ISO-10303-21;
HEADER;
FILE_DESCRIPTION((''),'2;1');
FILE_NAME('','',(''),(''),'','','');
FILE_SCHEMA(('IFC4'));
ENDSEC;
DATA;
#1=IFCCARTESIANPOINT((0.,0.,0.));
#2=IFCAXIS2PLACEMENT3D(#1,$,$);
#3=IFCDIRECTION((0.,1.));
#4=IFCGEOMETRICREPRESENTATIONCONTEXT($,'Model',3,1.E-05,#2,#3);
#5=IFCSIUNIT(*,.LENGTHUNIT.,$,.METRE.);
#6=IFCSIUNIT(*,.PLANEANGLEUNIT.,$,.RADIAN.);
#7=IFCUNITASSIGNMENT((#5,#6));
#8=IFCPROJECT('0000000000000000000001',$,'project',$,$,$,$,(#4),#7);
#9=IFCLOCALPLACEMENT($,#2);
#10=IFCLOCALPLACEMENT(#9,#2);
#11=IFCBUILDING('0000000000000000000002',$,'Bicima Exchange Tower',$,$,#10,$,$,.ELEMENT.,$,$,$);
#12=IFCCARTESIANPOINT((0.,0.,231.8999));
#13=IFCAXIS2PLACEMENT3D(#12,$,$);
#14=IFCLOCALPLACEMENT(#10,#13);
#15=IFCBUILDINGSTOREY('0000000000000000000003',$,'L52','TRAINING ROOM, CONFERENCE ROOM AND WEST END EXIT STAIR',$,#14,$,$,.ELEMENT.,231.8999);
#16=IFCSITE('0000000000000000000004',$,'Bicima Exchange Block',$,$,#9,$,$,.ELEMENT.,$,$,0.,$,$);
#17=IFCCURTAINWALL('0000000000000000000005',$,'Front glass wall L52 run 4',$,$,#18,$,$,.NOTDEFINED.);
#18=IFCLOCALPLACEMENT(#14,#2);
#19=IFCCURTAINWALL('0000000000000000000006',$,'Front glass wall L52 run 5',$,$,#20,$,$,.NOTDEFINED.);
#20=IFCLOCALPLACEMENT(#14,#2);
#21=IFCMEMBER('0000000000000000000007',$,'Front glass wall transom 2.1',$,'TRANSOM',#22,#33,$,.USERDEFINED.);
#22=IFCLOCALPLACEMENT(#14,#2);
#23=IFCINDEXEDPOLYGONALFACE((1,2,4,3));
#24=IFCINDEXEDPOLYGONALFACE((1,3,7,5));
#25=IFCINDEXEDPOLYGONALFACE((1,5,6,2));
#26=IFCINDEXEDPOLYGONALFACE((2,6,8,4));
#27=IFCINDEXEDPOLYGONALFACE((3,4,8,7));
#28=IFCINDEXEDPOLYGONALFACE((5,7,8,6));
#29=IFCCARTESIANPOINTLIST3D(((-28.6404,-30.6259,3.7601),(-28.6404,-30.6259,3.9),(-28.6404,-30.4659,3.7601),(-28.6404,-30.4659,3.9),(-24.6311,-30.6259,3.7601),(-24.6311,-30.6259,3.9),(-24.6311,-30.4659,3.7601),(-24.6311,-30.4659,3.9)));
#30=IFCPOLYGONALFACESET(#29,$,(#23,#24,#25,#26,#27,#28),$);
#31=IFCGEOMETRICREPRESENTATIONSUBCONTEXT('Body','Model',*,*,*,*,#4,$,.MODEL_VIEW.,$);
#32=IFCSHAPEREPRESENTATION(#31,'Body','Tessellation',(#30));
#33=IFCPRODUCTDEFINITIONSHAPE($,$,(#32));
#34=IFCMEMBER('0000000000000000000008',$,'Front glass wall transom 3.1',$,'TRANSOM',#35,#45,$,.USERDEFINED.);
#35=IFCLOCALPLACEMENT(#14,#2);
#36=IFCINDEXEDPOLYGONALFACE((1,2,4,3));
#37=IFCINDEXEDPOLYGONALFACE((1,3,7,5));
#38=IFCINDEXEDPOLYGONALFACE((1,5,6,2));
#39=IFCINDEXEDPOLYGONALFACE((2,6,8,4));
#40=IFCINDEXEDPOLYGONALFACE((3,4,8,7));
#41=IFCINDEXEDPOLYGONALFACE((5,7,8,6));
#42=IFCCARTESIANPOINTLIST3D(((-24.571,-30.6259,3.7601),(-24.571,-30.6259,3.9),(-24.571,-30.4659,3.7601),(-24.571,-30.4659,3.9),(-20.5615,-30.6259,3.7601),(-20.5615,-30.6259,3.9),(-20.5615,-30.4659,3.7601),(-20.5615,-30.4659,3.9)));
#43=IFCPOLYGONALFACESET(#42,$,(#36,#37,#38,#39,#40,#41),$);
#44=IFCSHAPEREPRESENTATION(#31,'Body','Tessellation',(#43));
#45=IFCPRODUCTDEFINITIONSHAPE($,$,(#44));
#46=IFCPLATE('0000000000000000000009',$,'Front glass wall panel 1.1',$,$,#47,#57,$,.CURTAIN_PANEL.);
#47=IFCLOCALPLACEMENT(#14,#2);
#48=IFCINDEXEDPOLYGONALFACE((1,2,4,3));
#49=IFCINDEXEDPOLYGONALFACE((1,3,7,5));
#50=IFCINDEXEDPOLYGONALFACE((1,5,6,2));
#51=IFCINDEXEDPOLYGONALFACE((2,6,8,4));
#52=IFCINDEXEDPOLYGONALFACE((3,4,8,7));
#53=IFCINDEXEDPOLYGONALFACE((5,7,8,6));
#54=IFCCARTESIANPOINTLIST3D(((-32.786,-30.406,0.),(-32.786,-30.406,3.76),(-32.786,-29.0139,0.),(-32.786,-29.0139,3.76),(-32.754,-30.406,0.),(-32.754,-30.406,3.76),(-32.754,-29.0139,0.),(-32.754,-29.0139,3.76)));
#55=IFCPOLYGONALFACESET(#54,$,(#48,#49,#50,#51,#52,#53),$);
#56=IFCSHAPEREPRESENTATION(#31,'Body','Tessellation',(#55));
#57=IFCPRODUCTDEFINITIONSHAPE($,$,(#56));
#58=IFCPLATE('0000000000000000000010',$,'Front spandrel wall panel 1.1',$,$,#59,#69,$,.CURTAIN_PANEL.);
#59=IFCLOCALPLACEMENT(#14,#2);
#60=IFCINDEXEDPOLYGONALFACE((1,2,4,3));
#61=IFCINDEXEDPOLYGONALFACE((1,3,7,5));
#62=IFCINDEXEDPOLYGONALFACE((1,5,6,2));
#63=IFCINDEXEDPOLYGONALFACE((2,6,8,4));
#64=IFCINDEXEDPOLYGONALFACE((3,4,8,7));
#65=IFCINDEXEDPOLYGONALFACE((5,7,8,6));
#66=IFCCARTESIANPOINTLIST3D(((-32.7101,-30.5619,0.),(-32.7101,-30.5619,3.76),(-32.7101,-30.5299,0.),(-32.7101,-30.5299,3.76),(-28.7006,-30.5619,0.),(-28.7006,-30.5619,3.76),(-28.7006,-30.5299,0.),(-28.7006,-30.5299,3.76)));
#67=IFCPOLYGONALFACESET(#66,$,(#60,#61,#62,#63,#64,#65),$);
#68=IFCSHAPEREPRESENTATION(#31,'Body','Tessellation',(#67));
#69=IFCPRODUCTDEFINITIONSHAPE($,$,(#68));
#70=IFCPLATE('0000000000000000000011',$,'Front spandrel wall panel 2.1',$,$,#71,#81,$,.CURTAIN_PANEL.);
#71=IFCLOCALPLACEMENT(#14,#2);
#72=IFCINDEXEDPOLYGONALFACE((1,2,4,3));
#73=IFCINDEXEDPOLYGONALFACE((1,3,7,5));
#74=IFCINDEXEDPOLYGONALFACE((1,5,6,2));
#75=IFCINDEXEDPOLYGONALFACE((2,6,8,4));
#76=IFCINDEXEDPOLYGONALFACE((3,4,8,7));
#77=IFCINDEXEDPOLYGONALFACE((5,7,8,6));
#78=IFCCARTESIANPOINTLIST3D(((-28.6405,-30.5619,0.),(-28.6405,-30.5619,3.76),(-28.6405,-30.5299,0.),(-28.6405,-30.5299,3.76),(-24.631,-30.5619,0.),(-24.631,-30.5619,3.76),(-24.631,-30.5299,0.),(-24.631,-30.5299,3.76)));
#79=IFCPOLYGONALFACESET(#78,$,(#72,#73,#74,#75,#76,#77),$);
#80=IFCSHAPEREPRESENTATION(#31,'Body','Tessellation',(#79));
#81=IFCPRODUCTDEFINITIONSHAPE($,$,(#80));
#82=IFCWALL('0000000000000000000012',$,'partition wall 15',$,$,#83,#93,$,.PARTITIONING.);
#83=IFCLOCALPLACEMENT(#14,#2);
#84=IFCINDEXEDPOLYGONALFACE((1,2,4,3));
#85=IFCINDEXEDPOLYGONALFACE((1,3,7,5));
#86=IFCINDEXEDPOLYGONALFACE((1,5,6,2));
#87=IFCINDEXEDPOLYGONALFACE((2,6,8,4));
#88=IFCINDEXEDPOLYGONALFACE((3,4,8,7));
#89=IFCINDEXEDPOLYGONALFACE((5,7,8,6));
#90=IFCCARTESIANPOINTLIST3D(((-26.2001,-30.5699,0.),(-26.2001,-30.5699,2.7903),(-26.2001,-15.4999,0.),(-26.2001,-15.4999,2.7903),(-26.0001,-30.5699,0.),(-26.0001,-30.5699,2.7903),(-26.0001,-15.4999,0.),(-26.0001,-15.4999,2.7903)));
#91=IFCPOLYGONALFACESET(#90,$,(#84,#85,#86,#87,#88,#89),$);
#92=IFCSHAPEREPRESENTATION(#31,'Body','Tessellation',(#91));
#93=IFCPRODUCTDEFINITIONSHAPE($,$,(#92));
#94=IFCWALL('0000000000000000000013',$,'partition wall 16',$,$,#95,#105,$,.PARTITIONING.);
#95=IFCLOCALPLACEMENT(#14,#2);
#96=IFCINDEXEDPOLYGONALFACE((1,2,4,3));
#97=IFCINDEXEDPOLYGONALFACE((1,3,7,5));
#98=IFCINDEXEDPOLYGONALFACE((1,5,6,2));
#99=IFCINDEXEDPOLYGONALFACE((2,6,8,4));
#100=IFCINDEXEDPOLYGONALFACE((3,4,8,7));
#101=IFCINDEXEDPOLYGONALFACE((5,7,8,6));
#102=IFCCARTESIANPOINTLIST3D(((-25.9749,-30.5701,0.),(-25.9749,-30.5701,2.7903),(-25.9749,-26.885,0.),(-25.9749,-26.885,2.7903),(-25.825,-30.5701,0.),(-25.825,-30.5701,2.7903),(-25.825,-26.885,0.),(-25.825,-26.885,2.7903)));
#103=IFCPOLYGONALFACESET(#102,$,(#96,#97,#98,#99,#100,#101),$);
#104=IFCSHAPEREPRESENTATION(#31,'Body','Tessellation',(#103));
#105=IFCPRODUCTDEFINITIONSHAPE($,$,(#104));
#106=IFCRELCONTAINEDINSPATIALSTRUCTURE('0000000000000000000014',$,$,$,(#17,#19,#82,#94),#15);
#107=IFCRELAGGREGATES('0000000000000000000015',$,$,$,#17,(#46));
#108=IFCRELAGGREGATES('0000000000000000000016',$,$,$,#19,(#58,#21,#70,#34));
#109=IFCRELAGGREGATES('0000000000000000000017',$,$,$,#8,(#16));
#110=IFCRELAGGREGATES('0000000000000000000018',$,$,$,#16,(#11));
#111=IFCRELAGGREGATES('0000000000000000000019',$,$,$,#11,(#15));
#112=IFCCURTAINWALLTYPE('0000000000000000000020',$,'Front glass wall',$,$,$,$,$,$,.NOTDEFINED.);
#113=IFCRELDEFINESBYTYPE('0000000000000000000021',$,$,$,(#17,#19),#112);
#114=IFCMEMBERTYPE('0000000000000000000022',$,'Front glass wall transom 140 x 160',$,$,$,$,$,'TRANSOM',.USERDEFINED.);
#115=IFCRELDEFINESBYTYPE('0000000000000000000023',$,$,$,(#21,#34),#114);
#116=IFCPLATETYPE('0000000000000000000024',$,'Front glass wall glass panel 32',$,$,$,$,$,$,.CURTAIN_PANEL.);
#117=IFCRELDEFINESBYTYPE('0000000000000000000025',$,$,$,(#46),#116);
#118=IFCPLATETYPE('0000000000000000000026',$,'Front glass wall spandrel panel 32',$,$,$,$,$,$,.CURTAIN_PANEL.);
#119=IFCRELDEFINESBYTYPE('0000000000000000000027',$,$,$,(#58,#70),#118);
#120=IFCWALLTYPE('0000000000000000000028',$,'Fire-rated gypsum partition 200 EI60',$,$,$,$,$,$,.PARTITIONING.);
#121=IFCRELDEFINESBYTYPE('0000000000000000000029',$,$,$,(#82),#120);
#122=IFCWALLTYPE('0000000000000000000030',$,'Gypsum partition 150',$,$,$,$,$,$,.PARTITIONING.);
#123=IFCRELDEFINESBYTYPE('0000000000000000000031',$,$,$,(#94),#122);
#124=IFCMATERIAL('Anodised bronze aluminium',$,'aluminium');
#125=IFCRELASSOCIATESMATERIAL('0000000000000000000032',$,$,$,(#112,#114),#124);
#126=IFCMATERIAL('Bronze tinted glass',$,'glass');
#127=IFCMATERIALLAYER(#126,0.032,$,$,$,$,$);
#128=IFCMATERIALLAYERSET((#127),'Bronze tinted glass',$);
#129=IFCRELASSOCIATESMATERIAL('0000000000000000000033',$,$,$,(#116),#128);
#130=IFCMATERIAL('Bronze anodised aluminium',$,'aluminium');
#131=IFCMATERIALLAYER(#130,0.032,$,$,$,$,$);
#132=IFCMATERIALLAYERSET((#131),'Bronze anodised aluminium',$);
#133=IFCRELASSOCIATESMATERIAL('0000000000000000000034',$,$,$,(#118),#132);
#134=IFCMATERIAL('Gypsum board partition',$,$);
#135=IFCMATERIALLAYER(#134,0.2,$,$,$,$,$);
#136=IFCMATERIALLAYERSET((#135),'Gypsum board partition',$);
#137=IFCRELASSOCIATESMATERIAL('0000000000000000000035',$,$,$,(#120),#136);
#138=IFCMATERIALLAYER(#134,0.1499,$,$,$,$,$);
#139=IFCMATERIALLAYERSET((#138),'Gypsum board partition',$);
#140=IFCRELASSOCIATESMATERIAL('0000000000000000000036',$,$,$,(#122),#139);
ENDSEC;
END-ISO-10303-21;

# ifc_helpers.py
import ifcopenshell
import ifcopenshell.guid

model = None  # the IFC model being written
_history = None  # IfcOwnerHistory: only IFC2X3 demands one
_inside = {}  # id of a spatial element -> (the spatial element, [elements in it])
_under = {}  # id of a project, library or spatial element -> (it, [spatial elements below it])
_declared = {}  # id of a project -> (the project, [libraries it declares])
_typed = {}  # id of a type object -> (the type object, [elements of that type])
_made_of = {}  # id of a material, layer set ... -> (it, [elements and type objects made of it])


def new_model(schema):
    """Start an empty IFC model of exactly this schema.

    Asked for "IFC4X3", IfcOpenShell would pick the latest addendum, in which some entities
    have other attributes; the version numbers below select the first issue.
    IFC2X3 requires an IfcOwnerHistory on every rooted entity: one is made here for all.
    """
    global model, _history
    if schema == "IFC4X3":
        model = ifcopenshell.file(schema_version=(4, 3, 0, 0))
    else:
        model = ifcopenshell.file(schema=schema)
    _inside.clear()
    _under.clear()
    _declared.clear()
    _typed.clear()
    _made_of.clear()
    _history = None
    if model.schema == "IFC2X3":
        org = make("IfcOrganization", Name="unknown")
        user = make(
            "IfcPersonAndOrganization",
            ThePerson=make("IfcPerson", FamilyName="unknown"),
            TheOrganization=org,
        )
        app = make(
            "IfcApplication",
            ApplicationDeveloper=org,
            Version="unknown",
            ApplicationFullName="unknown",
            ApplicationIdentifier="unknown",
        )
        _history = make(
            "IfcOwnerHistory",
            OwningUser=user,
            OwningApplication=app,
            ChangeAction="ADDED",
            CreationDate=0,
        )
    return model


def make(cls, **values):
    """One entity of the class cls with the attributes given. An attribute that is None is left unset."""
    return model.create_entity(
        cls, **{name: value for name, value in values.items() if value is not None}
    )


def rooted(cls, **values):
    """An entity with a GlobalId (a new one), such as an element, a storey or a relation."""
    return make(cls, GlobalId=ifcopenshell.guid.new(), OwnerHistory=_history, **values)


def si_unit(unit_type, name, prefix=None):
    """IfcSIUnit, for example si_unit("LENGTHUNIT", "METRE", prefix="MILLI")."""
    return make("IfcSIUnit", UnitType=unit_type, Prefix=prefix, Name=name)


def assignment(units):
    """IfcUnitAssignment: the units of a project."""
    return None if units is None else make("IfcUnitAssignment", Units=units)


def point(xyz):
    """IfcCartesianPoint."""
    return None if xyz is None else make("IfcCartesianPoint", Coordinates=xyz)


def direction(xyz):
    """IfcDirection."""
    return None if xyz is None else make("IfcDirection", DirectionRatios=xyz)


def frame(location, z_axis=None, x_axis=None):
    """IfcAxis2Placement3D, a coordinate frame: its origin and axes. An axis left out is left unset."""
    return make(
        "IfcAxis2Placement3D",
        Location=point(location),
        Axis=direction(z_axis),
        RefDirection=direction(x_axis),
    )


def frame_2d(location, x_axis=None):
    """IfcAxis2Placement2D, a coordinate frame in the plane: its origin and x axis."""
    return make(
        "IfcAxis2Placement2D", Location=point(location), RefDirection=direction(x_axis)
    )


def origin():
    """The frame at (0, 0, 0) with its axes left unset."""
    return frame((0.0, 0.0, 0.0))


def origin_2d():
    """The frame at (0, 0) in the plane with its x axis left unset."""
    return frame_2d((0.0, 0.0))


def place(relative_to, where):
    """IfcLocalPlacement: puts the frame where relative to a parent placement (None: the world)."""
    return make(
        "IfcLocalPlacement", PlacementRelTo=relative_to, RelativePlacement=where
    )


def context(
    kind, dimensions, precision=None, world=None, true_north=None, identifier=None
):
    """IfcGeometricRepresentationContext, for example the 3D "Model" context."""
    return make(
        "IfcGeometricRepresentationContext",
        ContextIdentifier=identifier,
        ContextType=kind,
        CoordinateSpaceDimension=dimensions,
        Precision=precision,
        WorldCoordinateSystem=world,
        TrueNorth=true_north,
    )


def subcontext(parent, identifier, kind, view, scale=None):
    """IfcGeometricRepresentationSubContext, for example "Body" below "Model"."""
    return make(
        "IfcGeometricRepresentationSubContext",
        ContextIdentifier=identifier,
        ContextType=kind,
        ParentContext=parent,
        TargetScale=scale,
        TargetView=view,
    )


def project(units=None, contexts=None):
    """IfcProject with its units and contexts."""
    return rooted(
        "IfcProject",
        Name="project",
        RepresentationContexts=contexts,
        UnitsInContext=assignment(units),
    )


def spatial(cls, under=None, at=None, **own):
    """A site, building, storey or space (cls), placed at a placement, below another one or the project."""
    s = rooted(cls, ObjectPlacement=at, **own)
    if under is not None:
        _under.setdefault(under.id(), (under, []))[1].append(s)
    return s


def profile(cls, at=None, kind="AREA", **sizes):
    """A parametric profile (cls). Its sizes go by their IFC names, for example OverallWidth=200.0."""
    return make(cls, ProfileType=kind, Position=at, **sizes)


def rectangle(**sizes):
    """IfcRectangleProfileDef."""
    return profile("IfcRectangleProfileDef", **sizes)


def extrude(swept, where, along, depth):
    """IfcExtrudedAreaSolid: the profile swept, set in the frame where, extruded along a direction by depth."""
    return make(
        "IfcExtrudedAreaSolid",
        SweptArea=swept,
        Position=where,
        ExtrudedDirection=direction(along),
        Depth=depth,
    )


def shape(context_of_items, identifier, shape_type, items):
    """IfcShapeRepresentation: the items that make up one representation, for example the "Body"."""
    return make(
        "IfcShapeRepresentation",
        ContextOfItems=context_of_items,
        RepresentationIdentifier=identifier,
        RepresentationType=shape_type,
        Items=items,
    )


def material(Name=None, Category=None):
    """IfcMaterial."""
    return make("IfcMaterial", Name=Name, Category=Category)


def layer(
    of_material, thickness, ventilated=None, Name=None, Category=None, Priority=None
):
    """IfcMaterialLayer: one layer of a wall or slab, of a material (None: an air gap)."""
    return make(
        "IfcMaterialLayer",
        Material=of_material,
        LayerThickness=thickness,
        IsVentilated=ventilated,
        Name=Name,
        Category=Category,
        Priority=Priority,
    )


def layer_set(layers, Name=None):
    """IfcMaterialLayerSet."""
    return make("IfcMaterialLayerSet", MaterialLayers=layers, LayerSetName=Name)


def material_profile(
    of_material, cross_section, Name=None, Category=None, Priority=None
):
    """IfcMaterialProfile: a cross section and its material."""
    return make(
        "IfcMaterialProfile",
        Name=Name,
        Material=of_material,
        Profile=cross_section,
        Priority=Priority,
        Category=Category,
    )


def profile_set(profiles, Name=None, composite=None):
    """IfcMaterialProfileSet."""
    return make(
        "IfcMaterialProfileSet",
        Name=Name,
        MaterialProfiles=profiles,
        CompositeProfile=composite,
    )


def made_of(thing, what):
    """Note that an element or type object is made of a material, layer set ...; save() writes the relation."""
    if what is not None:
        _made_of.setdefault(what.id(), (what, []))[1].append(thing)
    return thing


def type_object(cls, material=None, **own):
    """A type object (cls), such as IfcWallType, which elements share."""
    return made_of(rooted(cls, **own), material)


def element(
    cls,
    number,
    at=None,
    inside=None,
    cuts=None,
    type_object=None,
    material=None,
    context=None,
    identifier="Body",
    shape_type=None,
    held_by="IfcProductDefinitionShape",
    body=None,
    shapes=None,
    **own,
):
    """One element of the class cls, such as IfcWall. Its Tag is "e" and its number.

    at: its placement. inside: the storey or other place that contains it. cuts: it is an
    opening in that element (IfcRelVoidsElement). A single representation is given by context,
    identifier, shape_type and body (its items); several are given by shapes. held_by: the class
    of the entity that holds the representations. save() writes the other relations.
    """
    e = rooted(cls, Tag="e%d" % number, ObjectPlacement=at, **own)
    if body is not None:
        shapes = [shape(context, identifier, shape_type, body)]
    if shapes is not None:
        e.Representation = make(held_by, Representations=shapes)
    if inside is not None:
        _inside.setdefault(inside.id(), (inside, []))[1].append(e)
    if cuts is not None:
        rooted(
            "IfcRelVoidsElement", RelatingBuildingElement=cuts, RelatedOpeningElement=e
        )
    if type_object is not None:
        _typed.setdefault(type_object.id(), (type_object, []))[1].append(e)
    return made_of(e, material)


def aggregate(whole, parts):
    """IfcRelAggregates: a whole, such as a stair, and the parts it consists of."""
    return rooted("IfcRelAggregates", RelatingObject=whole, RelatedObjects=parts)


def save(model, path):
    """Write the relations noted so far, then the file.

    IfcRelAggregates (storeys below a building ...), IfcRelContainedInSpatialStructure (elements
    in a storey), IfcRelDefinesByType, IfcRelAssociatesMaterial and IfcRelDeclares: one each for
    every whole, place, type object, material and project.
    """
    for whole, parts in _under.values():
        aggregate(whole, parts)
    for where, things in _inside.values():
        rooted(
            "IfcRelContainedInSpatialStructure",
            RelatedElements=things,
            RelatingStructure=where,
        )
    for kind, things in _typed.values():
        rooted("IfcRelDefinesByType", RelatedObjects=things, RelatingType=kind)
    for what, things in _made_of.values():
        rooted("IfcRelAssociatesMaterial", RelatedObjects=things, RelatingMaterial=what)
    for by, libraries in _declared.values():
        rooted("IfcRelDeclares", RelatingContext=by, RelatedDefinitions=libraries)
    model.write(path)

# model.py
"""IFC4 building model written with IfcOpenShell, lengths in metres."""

from ifc_helpers import new_model, si_unit, direction, frame, frame_2d, origin, origin_2d, place, context, subcontext, project, spatial, rectangle, extrude, material, layer, layer_set, material_profile, profile_set, type_object, element, aggregate, save


model = new_model("IFC4")

# Units and contexts
model_context = context("Model", 3, precision=1e-05, world=origin(), true_north=direction((0.0, 1.0)))
body_context = subcontext(model_context, "Body", "Model", "MODEL_VIEW")
ifc_project = project(units=[si_unit("LENGTHUNIT", "METRE"), si_unit("PLANEANGLEUNIT", "RADIAN")], contexts=[model_context])

# Site, building, storey
site_placement = place(None, origin())
site = spatial("IfcSite", under=ifc_project, at=site_placement, Name="Bicima Exchange Block", CompositionType="ELEMENT", RefElevation=0.0)
building_placement = place(site_placement, origin())
building = spatial("IfcBuilding", under=site, at=building_placement, Name="Bicima Exchange Tower", CompositionType="ELEMENT")
storey_placement = place(building_placement, frame((0.0, 0.0, 231.8999)))
storey = spatial("IfcBuildingStorey", under=building, at=storey_placement, Name="L52", Description="TRAINING ROOM, CONFERENCE ROOM AND WEST END EXIT STAIR", CompositionType="ELEMENT", Elevation=231.8999)

# Curtain walls
ifc_material_1 = material(Name="Anodised bronze aluminium", Category="aluminium")
curtain_wall_type = type_object("IfcCurtainWallType", Name="Front glass wall", PredefinedType="NOTDEFINED", material=ifc_material_1)
curtain_wall_1_placement = place(storey_placement, origin())
curtain_wall_1 = element("IfcCurtainWall", 1, at=curtain_wall_1_placement, inside=storey, type_object=curtain_wall_type, Name="Front glass wall L52 run 4", PredefinedType="NOTDEFINED")
curtain_wall_2_placement = place(storey_placement, origin())
curtain_wall_2 = element("IfcCurtainWall", 2, at=curtain_wall_2_placement, inside=storey, type_object=curtain_wall_type, Name="Front glass wall L52 run 5", PredefinedType="NOTDEFINED")

# Members
ifc_material_profile_1 = material_profile(ifc_material_1, rectangle(XDim=0.1599, YDim=0.1399, at=origin_2d()))
ifc_profile_set_1 = profile_set([ifc_material_profile_1], Name="Anodised bronze aluminium")
member_type_1 = type_object("IfcMemberType", Name="Front glass wall transom 140 x 160", ElementType="TRANSOM", PredefinedType="USERDEFINED", material=ifc_profile_set_1)
member_1_placement = place(storey_placement, frame((-28.6404, -30.5459, 3.8301), z_axis=(1.0, 0.0, 0.0), x_axis=(0.0, 1.0, 0.0)))
member_1 = element("IfcMember", 3, at=member_1_placement, type_object=member_type_1, Name="Front glass wall transom 2.1", ObjectType="TRANSOM", PredefinedType="USERDEFINED", context=body_context, shape_type="SweptSolid", body=[
    extrude(rectangle(XDim=0.1599, YDim=0.1399, at=origin_2d()), origin(), (0.0, 0.0, 1.0), 4.0093),
])
member_2_placement = place(storey_placement, frame((-24.571, -30.5459, 3.8301), z_axis=(1.0, 0.0, 0.0), x_axis=(0.0, 1.0, 0.0)))
member_2 = element("IfcMember", 4, at=member_2_placement, type_object=member_type_1, Name="Front glass wall transom 3.1", ObjectType="TRANSOM", PredefinedType="USERDEFINED", context=body_context, shape_type="SweptSolid", body=[
    extrude(rectangle(XDim=0.1599, YDim=0.1399, at=origin_2d()), origin(), (0.0, 0.0, 1.0), 4.0095),
])

# Plates
ifc_material_2 = material(Name="Bronze tinted glass", Category="glass")
ifc_layer_1 = layer(ifc_material_2, 0.032)
ifc_layer_set_1 = layer_set([ifc_layer_1], Name="Bronze tinted glass")
plate_type_1 = type_object("IfcPlateType", Name="Front glass wall glass panel 32", PredefinedType="CURTAIN_PANEL", material=ifc_layer_set_1)
plate_1_placement = place(storey_placement, frame((-32.77, -29.71, 0.0), z_axis=(0.0, 0.0, 1.0), x_axis=(0.0, -1.0, 0.0)))
plate_1 = element("IfcPlate", 5, at=plate_1_placement, type_object=plate_type_1, Name="Front glass wall panel 1.1", PredefinedType="CURTAIN_PANEL", context=body_context, shape_type="SweptSolid", body=[
    extrude(rectangle(XDim=1.3921, YDim=0.032, at=origin_2d()), origin(), (0.0, 0.0, 1.0), 3.76),
])
aggregate(curtain_wall_1, [plate_1])
ifc_material_3 = material(Name="Bronze anodised aluminium", Category="aluminium")
ifc_layer_2 = layer(ifc_material_3, 0.032)
ifc_layer_set_2 = layer_set([ifc_layer_2], Name="Bronze anodised aluminium")
plate_type_2 = type_object("IfcPlateType", Name="Front glass wall spandrel panel 32", PredefinedType="CURTAIN_PANEL", material=ifc_layer_set_2)
plate_2_placement = place(storey_placement, frame((-30.7053, -30.5459, 0.0), z_axis=(0.0, 0.0, 1.0), x_axis=(1.0, 0.0, 0.0)))
plate_2 = element("IfcPlate", 6, at=plate_2_placement, type_object=plate_type_2, Name="Front spandrel wall panel 1.1", PredefinedType="CURTAIN_PANEL", context=body_context, shape_type="SweptSolid", body=[
    extrude(rectangle(XDim=4.0095, YDim=0.032, at=origin_2d()), origin(), (0.0, 0.0, 1.0), 3.76),
])
plate_3_placement = place(storey_placement, frame((-26.6357, -30.5459, 0.0), z_axis=(0.0, 0.0, 1.0), x_axis=(1.0, 0.0, 0.0)))
plate_3 = element("IfcPlate", 7, at=plate_3_placement, type_object=plate_type_2, Name="Front spandrel wall panel 2.1", PredefinedType="CURTAIN_PANEL", context=body_context, shape_type="SweptSolid", body=[
    extrude(rectangle(XDim=4.0095, YDim=0.032, at=origin_2d()), origin(), (0.0, 0.0, 1.0), 3.76),
])
aggregate(curtain_wall_2, [plate_2, member_1, plate_3, member_2])

# Walls
ifc_material_4 = material(Name="Gypsum board partition")
ifc_layer_3 = layer(ifc_material_4, 0.2)
ifc_layer_set_3 = layer_set([ifc_layer_3], Name="Gypsum board partition")
wall_type_1 = type_object("IfcWallType", Name="Fire-rated gypsum partition 200 EI60", PredefinedType="PARTITIONING", material=ifc_layer_set_3)
wall_1_placement = place(storey_placement, frame((-26.1001, -30.5701, 0.0), z_axis=(0.0, 0.0, 1.0), x_axis=(0.0, 1.0, 0.0)))
element("IfcWall", 8, at=wall_1_placement, inside=storey, type_object=wall_type_1, Name="partition wall 15", PredefinedType="PARTITIONING", context=body_context, shape_type="SweptSolid", body=[
    extrude(rectangle(XDim=15.0701, YDim=0.2, at=frame_2d((7.5352, 0.0))), origin(), (0.0, 0.0, 1.0), 2.7903),
])
ifc_layer_4 = layer(ifc_material_4, 0.1499)
ifc_layer_set_4 = layer_set([ifc_layer_4], Name="Gypsum board partition")
wall_type_2 = type_object("IfcWallType", Name="Gypsum partition 150", PredefinedType="PARTITIONING", material=ifc_layer_set_4)
wall_2_placement = place(storey_placement, frame((-25.8999, -30.5701, 0.0), z_axis=(0.0, 0.0, 1.0), x_axis=(0.0, 1.0, 0.0)))
element("IfcWall", 9, at=wall_2_placement, inside=storey, type_object=wall_type_2, Name="partition wall 16", PredefinedType="PARTITIONING", context=body_context, shape_type="SweptSolid", body=[
    extrude(rectangle(XDim=3.6851, YDim=0.1499, at=frame_2d((1.8425, 0.0))), origin(), (0.0, 0.0, 1.0), 2.7903),
])

save(model, "model.ifc")
